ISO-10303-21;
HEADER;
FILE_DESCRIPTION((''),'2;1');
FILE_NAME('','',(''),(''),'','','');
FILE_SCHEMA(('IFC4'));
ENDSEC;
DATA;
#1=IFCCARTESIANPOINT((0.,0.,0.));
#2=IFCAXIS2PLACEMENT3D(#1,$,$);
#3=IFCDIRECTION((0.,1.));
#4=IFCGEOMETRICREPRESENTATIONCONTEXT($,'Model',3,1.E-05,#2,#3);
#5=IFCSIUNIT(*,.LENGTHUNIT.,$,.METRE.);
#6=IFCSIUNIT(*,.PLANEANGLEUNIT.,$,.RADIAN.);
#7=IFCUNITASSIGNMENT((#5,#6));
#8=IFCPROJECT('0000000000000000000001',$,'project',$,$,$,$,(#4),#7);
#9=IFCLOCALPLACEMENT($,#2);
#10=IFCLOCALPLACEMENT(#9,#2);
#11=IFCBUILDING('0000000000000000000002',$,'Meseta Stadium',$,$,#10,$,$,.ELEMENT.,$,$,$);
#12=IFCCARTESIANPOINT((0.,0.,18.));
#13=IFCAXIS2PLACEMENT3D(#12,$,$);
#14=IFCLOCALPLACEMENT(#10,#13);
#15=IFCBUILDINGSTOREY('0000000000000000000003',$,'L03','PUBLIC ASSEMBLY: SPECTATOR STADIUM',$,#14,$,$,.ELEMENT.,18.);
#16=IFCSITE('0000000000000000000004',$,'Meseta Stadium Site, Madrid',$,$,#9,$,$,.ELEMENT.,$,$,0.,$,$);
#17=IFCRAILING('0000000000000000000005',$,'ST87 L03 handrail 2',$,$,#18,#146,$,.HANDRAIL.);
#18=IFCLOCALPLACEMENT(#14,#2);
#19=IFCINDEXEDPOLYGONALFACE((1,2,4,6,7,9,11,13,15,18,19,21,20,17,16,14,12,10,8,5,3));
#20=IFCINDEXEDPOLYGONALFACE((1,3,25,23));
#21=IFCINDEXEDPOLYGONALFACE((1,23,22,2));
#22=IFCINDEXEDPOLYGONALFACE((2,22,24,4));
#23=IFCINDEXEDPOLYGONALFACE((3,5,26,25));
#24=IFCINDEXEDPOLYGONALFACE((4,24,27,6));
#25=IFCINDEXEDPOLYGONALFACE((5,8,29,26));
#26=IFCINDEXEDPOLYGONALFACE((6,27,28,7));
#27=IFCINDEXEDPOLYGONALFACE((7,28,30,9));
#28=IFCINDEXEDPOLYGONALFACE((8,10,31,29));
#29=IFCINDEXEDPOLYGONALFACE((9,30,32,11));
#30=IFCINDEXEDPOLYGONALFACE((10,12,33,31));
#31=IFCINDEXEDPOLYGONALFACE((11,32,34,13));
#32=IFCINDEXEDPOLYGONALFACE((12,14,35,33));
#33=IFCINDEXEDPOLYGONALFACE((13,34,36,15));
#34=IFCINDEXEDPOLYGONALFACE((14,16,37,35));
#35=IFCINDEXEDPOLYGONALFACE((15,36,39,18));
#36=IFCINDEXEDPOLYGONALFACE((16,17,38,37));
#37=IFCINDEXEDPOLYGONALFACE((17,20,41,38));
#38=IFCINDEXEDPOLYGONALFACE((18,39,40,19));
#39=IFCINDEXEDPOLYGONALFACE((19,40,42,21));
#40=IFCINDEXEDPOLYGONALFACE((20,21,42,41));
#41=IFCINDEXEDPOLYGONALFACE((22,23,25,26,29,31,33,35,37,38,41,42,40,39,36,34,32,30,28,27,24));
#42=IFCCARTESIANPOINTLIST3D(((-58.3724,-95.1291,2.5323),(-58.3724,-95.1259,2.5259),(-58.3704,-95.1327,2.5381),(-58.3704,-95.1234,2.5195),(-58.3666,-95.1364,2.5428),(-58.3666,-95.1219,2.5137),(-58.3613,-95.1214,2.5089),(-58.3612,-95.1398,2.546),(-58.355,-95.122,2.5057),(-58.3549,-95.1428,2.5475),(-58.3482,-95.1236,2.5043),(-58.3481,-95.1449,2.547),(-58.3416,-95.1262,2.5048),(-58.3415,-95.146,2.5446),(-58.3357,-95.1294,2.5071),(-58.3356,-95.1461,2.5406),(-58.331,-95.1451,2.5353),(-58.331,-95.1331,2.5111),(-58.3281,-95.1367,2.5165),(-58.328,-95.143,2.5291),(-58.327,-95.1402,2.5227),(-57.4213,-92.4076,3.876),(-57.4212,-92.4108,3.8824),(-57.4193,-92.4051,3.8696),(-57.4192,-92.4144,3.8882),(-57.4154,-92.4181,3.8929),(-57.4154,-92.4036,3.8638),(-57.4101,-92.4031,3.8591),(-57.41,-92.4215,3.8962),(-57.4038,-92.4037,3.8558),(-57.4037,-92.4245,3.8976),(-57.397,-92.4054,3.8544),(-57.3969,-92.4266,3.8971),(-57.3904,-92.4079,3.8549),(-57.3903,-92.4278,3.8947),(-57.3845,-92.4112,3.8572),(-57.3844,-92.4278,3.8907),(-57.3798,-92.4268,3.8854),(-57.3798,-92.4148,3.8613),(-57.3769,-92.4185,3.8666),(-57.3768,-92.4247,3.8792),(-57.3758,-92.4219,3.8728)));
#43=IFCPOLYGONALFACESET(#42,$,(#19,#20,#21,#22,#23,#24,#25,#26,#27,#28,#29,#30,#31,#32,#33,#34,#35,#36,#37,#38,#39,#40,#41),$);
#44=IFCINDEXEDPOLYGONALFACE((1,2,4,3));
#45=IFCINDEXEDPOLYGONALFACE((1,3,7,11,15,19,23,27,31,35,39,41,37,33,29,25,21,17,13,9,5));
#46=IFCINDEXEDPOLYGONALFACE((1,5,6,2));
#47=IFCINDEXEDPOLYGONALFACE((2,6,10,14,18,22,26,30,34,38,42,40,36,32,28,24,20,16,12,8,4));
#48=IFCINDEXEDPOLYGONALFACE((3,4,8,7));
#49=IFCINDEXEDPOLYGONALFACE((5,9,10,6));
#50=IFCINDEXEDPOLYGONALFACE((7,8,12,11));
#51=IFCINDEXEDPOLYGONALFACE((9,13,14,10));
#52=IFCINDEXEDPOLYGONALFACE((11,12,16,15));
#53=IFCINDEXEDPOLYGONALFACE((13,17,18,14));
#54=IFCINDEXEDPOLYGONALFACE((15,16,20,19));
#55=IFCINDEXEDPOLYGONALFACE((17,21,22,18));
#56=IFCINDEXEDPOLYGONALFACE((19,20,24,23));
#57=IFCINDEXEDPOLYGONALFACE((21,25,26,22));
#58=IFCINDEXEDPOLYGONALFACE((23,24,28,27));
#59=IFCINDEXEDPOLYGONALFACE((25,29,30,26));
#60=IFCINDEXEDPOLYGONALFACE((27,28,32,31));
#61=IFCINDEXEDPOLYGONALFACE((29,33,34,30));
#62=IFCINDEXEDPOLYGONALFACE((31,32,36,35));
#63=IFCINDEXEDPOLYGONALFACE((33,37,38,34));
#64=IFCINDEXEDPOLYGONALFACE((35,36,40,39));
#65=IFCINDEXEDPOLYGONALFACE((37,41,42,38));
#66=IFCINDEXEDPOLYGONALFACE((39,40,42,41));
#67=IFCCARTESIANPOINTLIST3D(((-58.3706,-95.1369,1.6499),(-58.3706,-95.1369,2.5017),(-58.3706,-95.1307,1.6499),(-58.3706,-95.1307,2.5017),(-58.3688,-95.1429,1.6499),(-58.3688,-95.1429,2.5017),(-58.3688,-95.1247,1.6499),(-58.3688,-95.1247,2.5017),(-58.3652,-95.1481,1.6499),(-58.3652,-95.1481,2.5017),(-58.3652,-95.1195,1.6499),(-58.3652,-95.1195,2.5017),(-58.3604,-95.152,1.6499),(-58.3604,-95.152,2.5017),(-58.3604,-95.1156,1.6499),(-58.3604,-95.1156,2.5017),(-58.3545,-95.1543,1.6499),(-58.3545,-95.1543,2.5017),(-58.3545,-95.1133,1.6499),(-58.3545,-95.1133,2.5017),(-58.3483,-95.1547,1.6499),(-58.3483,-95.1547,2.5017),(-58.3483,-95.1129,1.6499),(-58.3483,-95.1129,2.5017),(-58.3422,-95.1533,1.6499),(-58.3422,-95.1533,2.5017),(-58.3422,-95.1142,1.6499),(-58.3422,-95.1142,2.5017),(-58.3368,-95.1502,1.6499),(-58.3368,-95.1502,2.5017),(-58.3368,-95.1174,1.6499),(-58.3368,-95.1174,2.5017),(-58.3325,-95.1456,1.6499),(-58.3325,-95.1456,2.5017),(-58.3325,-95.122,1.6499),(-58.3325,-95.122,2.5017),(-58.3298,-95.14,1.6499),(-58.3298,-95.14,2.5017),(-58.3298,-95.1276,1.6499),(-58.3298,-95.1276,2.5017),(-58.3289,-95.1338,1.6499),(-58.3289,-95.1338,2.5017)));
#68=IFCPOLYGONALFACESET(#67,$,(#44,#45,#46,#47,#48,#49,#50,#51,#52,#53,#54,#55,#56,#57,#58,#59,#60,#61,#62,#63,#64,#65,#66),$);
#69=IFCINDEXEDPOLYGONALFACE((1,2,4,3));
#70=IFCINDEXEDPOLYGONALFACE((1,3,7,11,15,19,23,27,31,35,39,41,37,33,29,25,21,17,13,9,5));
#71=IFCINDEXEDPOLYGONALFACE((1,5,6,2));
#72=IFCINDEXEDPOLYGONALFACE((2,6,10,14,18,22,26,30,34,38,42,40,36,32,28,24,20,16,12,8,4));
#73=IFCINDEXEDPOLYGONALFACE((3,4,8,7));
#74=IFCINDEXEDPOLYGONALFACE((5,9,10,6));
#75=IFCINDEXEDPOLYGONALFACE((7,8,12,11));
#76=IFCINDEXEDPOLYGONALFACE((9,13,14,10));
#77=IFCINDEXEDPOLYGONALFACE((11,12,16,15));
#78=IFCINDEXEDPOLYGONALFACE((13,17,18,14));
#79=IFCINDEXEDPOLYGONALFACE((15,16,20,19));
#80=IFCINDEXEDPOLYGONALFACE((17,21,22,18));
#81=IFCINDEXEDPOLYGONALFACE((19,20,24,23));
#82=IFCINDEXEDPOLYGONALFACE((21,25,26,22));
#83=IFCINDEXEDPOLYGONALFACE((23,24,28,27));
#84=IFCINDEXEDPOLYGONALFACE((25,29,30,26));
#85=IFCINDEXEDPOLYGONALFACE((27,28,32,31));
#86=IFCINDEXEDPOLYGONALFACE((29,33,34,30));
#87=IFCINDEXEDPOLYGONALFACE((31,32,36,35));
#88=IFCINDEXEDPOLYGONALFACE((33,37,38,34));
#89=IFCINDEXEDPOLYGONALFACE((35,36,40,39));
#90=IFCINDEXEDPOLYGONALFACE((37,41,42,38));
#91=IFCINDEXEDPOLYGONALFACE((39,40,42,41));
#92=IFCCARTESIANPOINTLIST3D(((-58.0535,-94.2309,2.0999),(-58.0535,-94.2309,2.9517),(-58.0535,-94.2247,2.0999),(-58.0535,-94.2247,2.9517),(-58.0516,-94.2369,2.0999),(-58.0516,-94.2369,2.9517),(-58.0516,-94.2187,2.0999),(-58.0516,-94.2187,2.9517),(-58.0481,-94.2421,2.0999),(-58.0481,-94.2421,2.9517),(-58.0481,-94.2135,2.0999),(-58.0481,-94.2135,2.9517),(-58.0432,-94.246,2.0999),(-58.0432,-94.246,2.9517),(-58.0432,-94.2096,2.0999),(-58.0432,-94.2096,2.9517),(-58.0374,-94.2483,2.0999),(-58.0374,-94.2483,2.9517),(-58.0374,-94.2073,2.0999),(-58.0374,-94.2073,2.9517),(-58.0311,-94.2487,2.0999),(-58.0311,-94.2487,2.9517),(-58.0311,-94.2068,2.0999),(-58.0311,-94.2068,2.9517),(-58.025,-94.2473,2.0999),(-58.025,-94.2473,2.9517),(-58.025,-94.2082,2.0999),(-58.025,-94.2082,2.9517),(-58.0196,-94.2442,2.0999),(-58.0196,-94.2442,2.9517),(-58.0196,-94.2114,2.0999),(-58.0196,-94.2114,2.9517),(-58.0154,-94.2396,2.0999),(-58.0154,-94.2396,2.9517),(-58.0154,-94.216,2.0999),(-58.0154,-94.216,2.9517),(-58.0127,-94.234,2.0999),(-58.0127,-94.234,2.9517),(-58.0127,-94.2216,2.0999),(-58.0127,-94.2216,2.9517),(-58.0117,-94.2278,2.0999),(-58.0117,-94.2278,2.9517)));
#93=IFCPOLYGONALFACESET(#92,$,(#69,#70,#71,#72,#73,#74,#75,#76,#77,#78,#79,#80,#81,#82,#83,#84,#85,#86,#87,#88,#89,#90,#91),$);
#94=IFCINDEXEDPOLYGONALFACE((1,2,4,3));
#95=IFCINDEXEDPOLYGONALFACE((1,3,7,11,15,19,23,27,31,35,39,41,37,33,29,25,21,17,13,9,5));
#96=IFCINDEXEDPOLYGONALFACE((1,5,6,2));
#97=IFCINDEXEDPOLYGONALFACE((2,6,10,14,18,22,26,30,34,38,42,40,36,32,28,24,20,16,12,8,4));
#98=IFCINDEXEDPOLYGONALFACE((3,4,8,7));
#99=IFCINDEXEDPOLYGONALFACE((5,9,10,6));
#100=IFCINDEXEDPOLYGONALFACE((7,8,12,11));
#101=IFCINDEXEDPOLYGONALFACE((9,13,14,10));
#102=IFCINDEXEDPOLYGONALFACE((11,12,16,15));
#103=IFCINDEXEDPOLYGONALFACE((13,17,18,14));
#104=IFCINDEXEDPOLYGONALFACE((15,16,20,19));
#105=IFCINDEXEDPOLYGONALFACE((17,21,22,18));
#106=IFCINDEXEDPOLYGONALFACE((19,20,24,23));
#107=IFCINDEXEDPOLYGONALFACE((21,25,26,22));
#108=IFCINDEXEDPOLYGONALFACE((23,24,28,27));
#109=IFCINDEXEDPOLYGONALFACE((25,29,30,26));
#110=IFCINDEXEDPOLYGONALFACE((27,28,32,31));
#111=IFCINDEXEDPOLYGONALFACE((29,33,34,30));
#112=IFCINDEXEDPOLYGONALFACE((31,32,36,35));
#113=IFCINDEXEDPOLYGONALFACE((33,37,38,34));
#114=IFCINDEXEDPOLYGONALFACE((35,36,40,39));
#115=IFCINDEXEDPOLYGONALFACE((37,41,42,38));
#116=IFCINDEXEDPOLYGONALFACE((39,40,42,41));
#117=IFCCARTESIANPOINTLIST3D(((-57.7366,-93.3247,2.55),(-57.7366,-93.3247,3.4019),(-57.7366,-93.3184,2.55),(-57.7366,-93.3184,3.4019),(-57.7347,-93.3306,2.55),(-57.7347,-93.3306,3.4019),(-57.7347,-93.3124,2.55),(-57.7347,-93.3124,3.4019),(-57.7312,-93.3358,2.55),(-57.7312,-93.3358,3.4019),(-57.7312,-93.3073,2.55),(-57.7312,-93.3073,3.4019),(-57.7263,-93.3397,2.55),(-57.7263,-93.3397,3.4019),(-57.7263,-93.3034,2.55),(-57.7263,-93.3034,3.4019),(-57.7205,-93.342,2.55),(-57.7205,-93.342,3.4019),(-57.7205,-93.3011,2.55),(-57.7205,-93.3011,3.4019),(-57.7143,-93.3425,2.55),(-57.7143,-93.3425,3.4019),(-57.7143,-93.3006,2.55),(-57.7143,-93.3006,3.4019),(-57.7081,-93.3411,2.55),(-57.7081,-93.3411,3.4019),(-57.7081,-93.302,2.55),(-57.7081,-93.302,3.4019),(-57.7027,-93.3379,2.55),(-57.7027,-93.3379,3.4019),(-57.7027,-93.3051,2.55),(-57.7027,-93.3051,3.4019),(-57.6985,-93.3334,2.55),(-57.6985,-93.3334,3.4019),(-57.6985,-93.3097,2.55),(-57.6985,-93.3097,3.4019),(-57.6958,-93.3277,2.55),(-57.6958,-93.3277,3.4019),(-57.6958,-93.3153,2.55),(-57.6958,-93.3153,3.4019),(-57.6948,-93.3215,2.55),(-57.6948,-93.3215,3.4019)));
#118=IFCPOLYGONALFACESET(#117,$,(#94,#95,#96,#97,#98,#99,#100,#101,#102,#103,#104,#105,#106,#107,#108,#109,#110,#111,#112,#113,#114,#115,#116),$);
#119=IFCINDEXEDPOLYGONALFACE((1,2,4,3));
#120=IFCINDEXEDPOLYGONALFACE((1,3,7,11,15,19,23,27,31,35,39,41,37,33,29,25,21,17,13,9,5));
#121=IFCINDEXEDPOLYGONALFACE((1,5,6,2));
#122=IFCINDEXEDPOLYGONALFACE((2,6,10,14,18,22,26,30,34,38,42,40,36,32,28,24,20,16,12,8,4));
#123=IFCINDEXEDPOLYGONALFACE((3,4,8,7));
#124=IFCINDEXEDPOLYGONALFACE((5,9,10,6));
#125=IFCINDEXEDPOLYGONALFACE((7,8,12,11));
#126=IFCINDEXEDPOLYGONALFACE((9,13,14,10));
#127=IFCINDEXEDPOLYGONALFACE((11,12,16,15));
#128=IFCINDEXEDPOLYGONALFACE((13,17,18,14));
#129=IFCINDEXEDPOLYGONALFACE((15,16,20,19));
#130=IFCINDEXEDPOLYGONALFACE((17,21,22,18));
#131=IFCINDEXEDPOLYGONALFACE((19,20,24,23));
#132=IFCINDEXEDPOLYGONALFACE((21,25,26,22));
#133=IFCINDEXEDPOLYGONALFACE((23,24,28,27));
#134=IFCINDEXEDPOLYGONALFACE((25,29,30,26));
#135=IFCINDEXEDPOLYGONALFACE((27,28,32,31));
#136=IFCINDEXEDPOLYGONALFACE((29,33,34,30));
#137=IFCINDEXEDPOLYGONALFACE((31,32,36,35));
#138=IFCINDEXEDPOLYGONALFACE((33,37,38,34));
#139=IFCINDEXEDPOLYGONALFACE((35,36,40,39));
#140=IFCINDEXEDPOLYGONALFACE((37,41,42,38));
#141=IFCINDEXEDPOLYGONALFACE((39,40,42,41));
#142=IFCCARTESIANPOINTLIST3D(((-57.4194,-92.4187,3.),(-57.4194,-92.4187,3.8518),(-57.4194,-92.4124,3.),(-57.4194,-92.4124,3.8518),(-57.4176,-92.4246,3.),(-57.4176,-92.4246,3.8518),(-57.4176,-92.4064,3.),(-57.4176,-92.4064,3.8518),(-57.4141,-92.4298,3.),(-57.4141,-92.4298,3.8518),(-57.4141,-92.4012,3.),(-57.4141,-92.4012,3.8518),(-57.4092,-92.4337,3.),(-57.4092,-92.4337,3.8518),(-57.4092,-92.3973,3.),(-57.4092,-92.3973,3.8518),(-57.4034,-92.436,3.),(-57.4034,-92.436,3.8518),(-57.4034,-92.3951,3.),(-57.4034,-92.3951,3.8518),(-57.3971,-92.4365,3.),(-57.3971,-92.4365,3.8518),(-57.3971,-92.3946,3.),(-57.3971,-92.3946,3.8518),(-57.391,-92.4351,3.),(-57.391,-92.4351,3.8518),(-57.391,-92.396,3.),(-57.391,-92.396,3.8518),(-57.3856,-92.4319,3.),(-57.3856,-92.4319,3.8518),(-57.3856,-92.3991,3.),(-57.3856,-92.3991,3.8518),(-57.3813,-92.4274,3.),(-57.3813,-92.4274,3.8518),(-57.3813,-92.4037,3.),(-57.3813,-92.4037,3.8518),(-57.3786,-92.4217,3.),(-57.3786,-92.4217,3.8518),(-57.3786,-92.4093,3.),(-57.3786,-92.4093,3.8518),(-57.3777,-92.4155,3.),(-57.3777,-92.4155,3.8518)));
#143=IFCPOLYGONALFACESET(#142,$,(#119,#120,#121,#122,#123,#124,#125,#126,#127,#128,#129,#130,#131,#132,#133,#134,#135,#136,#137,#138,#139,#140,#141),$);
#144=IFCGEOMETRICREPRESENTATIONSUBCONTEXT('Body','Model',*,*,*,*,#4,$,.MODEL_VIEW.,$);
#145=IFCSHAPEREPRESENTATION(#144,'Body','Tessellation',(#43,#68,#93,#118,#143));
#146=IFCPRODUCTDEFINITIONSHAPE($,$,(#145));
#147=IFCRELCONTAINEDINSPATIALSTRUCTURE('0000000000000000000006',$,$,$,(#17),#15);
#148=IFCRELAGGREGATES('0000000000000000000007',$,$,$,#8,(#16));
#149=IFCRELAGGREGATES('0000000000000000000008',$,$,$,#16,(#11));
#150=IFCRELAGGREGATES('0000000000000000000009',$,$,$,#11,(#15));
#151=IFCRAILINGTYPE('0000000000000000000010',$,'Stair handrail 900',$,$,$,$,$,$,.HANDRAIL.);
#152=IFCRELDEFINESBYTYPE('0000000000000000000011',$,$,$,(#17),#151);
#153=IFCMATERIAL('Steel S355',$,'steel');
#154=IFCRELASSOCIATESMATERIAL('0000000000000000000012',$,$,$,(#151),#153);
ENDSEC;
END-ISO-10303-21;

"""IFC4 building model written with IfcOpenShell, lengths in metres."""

from ifc_helpers import new_model, si_unit, direction, frame, origin, origin_2d, place, context, subcontext, project, spatial, circle, extrude, material, type_object, element, save


model = new_model("IFC4")

# Units and contexts
model_context = context("Model", 3, precision=1e-05, world=origin(), true_north=direction((0.0, 1.0)))
body_context = subcontext(model_context, "Body", "Model", "MODEL_VIEW")
ifc_project = project(units=[si_unit("LENGTHUNIT", "METRE"), si_unit("PLANEANGLEUNIT", "RADIAN")], contexts=[model_context])

# Site, building, storey
site_placement = place(None, origin())
site = spatial("IfcSite", under=ifc_project, at=site_placement, Name="Meseta Stadium Site, Madrid", CompositionType="ELEMENT", RefElevation=0.0)
building_placement = place(site_placement, origin())
building = spatial("IfcBuilding", under=site, at=building_placement, Name="Meseta Stadium", CompositionType="ELEMENT")
storey_placement = place(building_placement, frame((0.0, 0.0, 18.0)))
storey = spatial("IfcBuildingStorey", under=building, at=storey_placement, Name="L03", Description="PUBLIC ASSEMBLY: SPECTATOR STADIUM", CompositionType="ELEMENT", Elevation=18.0)

# Railing
ifc_material_1 = material(Name="Steel S355", Category="steel")
railing_type_1 = type_object("IfcRailingType", Name="Stair handrail 900", PredefinedType="HANDRAIL", material=ifc_material_1)
for number, where, name in (
    (1, (-58.3499, -95.1338, 1.6499), "ST87 L03 handrail 2"),
):
    element("IfcRailing", number, at=place(storey_placement, frame(where)), inside=storey, type_object=railing_type_1, Name=name, PredefinedType="HANDRAIL", context=body_context, shape_type="SweptSolid", body=[
        extrude(circle(Radius=0.0239, at=origin_2d()), frame((0.0, 0.0, 0.876), z_axis=(0.299051, 0.854629, 0.424474), x_axis=(-0.943882, 0.330282, 0.0)), (0.0, 0.0, 1.0), 3.1807),
        extrude(circle(Radius=0.021, at=origin_2d()), origin(), (0.0, 0.0, 1.0), 0.8518),
        extrude(circle(Radius=0.021, at=origin_2d()), frame((0.3171, 0.906, 0.45)), (0.0, 0.0, 1.0), 0.8518),
        extrude(circle(Radius=0.021, at=origin_2d()), frame((0.634, 1.8123, 0.9001)), (0.0, 0.0, 1.0), 0.8518),
        extrude(circle(Radius=0.021, at=origin_2d()), frame((0.9512, 2.7183, 1.3501)), (0.0, 0.0, 1.0), 0.8518),
    ])

save(model, "model.ifc")
